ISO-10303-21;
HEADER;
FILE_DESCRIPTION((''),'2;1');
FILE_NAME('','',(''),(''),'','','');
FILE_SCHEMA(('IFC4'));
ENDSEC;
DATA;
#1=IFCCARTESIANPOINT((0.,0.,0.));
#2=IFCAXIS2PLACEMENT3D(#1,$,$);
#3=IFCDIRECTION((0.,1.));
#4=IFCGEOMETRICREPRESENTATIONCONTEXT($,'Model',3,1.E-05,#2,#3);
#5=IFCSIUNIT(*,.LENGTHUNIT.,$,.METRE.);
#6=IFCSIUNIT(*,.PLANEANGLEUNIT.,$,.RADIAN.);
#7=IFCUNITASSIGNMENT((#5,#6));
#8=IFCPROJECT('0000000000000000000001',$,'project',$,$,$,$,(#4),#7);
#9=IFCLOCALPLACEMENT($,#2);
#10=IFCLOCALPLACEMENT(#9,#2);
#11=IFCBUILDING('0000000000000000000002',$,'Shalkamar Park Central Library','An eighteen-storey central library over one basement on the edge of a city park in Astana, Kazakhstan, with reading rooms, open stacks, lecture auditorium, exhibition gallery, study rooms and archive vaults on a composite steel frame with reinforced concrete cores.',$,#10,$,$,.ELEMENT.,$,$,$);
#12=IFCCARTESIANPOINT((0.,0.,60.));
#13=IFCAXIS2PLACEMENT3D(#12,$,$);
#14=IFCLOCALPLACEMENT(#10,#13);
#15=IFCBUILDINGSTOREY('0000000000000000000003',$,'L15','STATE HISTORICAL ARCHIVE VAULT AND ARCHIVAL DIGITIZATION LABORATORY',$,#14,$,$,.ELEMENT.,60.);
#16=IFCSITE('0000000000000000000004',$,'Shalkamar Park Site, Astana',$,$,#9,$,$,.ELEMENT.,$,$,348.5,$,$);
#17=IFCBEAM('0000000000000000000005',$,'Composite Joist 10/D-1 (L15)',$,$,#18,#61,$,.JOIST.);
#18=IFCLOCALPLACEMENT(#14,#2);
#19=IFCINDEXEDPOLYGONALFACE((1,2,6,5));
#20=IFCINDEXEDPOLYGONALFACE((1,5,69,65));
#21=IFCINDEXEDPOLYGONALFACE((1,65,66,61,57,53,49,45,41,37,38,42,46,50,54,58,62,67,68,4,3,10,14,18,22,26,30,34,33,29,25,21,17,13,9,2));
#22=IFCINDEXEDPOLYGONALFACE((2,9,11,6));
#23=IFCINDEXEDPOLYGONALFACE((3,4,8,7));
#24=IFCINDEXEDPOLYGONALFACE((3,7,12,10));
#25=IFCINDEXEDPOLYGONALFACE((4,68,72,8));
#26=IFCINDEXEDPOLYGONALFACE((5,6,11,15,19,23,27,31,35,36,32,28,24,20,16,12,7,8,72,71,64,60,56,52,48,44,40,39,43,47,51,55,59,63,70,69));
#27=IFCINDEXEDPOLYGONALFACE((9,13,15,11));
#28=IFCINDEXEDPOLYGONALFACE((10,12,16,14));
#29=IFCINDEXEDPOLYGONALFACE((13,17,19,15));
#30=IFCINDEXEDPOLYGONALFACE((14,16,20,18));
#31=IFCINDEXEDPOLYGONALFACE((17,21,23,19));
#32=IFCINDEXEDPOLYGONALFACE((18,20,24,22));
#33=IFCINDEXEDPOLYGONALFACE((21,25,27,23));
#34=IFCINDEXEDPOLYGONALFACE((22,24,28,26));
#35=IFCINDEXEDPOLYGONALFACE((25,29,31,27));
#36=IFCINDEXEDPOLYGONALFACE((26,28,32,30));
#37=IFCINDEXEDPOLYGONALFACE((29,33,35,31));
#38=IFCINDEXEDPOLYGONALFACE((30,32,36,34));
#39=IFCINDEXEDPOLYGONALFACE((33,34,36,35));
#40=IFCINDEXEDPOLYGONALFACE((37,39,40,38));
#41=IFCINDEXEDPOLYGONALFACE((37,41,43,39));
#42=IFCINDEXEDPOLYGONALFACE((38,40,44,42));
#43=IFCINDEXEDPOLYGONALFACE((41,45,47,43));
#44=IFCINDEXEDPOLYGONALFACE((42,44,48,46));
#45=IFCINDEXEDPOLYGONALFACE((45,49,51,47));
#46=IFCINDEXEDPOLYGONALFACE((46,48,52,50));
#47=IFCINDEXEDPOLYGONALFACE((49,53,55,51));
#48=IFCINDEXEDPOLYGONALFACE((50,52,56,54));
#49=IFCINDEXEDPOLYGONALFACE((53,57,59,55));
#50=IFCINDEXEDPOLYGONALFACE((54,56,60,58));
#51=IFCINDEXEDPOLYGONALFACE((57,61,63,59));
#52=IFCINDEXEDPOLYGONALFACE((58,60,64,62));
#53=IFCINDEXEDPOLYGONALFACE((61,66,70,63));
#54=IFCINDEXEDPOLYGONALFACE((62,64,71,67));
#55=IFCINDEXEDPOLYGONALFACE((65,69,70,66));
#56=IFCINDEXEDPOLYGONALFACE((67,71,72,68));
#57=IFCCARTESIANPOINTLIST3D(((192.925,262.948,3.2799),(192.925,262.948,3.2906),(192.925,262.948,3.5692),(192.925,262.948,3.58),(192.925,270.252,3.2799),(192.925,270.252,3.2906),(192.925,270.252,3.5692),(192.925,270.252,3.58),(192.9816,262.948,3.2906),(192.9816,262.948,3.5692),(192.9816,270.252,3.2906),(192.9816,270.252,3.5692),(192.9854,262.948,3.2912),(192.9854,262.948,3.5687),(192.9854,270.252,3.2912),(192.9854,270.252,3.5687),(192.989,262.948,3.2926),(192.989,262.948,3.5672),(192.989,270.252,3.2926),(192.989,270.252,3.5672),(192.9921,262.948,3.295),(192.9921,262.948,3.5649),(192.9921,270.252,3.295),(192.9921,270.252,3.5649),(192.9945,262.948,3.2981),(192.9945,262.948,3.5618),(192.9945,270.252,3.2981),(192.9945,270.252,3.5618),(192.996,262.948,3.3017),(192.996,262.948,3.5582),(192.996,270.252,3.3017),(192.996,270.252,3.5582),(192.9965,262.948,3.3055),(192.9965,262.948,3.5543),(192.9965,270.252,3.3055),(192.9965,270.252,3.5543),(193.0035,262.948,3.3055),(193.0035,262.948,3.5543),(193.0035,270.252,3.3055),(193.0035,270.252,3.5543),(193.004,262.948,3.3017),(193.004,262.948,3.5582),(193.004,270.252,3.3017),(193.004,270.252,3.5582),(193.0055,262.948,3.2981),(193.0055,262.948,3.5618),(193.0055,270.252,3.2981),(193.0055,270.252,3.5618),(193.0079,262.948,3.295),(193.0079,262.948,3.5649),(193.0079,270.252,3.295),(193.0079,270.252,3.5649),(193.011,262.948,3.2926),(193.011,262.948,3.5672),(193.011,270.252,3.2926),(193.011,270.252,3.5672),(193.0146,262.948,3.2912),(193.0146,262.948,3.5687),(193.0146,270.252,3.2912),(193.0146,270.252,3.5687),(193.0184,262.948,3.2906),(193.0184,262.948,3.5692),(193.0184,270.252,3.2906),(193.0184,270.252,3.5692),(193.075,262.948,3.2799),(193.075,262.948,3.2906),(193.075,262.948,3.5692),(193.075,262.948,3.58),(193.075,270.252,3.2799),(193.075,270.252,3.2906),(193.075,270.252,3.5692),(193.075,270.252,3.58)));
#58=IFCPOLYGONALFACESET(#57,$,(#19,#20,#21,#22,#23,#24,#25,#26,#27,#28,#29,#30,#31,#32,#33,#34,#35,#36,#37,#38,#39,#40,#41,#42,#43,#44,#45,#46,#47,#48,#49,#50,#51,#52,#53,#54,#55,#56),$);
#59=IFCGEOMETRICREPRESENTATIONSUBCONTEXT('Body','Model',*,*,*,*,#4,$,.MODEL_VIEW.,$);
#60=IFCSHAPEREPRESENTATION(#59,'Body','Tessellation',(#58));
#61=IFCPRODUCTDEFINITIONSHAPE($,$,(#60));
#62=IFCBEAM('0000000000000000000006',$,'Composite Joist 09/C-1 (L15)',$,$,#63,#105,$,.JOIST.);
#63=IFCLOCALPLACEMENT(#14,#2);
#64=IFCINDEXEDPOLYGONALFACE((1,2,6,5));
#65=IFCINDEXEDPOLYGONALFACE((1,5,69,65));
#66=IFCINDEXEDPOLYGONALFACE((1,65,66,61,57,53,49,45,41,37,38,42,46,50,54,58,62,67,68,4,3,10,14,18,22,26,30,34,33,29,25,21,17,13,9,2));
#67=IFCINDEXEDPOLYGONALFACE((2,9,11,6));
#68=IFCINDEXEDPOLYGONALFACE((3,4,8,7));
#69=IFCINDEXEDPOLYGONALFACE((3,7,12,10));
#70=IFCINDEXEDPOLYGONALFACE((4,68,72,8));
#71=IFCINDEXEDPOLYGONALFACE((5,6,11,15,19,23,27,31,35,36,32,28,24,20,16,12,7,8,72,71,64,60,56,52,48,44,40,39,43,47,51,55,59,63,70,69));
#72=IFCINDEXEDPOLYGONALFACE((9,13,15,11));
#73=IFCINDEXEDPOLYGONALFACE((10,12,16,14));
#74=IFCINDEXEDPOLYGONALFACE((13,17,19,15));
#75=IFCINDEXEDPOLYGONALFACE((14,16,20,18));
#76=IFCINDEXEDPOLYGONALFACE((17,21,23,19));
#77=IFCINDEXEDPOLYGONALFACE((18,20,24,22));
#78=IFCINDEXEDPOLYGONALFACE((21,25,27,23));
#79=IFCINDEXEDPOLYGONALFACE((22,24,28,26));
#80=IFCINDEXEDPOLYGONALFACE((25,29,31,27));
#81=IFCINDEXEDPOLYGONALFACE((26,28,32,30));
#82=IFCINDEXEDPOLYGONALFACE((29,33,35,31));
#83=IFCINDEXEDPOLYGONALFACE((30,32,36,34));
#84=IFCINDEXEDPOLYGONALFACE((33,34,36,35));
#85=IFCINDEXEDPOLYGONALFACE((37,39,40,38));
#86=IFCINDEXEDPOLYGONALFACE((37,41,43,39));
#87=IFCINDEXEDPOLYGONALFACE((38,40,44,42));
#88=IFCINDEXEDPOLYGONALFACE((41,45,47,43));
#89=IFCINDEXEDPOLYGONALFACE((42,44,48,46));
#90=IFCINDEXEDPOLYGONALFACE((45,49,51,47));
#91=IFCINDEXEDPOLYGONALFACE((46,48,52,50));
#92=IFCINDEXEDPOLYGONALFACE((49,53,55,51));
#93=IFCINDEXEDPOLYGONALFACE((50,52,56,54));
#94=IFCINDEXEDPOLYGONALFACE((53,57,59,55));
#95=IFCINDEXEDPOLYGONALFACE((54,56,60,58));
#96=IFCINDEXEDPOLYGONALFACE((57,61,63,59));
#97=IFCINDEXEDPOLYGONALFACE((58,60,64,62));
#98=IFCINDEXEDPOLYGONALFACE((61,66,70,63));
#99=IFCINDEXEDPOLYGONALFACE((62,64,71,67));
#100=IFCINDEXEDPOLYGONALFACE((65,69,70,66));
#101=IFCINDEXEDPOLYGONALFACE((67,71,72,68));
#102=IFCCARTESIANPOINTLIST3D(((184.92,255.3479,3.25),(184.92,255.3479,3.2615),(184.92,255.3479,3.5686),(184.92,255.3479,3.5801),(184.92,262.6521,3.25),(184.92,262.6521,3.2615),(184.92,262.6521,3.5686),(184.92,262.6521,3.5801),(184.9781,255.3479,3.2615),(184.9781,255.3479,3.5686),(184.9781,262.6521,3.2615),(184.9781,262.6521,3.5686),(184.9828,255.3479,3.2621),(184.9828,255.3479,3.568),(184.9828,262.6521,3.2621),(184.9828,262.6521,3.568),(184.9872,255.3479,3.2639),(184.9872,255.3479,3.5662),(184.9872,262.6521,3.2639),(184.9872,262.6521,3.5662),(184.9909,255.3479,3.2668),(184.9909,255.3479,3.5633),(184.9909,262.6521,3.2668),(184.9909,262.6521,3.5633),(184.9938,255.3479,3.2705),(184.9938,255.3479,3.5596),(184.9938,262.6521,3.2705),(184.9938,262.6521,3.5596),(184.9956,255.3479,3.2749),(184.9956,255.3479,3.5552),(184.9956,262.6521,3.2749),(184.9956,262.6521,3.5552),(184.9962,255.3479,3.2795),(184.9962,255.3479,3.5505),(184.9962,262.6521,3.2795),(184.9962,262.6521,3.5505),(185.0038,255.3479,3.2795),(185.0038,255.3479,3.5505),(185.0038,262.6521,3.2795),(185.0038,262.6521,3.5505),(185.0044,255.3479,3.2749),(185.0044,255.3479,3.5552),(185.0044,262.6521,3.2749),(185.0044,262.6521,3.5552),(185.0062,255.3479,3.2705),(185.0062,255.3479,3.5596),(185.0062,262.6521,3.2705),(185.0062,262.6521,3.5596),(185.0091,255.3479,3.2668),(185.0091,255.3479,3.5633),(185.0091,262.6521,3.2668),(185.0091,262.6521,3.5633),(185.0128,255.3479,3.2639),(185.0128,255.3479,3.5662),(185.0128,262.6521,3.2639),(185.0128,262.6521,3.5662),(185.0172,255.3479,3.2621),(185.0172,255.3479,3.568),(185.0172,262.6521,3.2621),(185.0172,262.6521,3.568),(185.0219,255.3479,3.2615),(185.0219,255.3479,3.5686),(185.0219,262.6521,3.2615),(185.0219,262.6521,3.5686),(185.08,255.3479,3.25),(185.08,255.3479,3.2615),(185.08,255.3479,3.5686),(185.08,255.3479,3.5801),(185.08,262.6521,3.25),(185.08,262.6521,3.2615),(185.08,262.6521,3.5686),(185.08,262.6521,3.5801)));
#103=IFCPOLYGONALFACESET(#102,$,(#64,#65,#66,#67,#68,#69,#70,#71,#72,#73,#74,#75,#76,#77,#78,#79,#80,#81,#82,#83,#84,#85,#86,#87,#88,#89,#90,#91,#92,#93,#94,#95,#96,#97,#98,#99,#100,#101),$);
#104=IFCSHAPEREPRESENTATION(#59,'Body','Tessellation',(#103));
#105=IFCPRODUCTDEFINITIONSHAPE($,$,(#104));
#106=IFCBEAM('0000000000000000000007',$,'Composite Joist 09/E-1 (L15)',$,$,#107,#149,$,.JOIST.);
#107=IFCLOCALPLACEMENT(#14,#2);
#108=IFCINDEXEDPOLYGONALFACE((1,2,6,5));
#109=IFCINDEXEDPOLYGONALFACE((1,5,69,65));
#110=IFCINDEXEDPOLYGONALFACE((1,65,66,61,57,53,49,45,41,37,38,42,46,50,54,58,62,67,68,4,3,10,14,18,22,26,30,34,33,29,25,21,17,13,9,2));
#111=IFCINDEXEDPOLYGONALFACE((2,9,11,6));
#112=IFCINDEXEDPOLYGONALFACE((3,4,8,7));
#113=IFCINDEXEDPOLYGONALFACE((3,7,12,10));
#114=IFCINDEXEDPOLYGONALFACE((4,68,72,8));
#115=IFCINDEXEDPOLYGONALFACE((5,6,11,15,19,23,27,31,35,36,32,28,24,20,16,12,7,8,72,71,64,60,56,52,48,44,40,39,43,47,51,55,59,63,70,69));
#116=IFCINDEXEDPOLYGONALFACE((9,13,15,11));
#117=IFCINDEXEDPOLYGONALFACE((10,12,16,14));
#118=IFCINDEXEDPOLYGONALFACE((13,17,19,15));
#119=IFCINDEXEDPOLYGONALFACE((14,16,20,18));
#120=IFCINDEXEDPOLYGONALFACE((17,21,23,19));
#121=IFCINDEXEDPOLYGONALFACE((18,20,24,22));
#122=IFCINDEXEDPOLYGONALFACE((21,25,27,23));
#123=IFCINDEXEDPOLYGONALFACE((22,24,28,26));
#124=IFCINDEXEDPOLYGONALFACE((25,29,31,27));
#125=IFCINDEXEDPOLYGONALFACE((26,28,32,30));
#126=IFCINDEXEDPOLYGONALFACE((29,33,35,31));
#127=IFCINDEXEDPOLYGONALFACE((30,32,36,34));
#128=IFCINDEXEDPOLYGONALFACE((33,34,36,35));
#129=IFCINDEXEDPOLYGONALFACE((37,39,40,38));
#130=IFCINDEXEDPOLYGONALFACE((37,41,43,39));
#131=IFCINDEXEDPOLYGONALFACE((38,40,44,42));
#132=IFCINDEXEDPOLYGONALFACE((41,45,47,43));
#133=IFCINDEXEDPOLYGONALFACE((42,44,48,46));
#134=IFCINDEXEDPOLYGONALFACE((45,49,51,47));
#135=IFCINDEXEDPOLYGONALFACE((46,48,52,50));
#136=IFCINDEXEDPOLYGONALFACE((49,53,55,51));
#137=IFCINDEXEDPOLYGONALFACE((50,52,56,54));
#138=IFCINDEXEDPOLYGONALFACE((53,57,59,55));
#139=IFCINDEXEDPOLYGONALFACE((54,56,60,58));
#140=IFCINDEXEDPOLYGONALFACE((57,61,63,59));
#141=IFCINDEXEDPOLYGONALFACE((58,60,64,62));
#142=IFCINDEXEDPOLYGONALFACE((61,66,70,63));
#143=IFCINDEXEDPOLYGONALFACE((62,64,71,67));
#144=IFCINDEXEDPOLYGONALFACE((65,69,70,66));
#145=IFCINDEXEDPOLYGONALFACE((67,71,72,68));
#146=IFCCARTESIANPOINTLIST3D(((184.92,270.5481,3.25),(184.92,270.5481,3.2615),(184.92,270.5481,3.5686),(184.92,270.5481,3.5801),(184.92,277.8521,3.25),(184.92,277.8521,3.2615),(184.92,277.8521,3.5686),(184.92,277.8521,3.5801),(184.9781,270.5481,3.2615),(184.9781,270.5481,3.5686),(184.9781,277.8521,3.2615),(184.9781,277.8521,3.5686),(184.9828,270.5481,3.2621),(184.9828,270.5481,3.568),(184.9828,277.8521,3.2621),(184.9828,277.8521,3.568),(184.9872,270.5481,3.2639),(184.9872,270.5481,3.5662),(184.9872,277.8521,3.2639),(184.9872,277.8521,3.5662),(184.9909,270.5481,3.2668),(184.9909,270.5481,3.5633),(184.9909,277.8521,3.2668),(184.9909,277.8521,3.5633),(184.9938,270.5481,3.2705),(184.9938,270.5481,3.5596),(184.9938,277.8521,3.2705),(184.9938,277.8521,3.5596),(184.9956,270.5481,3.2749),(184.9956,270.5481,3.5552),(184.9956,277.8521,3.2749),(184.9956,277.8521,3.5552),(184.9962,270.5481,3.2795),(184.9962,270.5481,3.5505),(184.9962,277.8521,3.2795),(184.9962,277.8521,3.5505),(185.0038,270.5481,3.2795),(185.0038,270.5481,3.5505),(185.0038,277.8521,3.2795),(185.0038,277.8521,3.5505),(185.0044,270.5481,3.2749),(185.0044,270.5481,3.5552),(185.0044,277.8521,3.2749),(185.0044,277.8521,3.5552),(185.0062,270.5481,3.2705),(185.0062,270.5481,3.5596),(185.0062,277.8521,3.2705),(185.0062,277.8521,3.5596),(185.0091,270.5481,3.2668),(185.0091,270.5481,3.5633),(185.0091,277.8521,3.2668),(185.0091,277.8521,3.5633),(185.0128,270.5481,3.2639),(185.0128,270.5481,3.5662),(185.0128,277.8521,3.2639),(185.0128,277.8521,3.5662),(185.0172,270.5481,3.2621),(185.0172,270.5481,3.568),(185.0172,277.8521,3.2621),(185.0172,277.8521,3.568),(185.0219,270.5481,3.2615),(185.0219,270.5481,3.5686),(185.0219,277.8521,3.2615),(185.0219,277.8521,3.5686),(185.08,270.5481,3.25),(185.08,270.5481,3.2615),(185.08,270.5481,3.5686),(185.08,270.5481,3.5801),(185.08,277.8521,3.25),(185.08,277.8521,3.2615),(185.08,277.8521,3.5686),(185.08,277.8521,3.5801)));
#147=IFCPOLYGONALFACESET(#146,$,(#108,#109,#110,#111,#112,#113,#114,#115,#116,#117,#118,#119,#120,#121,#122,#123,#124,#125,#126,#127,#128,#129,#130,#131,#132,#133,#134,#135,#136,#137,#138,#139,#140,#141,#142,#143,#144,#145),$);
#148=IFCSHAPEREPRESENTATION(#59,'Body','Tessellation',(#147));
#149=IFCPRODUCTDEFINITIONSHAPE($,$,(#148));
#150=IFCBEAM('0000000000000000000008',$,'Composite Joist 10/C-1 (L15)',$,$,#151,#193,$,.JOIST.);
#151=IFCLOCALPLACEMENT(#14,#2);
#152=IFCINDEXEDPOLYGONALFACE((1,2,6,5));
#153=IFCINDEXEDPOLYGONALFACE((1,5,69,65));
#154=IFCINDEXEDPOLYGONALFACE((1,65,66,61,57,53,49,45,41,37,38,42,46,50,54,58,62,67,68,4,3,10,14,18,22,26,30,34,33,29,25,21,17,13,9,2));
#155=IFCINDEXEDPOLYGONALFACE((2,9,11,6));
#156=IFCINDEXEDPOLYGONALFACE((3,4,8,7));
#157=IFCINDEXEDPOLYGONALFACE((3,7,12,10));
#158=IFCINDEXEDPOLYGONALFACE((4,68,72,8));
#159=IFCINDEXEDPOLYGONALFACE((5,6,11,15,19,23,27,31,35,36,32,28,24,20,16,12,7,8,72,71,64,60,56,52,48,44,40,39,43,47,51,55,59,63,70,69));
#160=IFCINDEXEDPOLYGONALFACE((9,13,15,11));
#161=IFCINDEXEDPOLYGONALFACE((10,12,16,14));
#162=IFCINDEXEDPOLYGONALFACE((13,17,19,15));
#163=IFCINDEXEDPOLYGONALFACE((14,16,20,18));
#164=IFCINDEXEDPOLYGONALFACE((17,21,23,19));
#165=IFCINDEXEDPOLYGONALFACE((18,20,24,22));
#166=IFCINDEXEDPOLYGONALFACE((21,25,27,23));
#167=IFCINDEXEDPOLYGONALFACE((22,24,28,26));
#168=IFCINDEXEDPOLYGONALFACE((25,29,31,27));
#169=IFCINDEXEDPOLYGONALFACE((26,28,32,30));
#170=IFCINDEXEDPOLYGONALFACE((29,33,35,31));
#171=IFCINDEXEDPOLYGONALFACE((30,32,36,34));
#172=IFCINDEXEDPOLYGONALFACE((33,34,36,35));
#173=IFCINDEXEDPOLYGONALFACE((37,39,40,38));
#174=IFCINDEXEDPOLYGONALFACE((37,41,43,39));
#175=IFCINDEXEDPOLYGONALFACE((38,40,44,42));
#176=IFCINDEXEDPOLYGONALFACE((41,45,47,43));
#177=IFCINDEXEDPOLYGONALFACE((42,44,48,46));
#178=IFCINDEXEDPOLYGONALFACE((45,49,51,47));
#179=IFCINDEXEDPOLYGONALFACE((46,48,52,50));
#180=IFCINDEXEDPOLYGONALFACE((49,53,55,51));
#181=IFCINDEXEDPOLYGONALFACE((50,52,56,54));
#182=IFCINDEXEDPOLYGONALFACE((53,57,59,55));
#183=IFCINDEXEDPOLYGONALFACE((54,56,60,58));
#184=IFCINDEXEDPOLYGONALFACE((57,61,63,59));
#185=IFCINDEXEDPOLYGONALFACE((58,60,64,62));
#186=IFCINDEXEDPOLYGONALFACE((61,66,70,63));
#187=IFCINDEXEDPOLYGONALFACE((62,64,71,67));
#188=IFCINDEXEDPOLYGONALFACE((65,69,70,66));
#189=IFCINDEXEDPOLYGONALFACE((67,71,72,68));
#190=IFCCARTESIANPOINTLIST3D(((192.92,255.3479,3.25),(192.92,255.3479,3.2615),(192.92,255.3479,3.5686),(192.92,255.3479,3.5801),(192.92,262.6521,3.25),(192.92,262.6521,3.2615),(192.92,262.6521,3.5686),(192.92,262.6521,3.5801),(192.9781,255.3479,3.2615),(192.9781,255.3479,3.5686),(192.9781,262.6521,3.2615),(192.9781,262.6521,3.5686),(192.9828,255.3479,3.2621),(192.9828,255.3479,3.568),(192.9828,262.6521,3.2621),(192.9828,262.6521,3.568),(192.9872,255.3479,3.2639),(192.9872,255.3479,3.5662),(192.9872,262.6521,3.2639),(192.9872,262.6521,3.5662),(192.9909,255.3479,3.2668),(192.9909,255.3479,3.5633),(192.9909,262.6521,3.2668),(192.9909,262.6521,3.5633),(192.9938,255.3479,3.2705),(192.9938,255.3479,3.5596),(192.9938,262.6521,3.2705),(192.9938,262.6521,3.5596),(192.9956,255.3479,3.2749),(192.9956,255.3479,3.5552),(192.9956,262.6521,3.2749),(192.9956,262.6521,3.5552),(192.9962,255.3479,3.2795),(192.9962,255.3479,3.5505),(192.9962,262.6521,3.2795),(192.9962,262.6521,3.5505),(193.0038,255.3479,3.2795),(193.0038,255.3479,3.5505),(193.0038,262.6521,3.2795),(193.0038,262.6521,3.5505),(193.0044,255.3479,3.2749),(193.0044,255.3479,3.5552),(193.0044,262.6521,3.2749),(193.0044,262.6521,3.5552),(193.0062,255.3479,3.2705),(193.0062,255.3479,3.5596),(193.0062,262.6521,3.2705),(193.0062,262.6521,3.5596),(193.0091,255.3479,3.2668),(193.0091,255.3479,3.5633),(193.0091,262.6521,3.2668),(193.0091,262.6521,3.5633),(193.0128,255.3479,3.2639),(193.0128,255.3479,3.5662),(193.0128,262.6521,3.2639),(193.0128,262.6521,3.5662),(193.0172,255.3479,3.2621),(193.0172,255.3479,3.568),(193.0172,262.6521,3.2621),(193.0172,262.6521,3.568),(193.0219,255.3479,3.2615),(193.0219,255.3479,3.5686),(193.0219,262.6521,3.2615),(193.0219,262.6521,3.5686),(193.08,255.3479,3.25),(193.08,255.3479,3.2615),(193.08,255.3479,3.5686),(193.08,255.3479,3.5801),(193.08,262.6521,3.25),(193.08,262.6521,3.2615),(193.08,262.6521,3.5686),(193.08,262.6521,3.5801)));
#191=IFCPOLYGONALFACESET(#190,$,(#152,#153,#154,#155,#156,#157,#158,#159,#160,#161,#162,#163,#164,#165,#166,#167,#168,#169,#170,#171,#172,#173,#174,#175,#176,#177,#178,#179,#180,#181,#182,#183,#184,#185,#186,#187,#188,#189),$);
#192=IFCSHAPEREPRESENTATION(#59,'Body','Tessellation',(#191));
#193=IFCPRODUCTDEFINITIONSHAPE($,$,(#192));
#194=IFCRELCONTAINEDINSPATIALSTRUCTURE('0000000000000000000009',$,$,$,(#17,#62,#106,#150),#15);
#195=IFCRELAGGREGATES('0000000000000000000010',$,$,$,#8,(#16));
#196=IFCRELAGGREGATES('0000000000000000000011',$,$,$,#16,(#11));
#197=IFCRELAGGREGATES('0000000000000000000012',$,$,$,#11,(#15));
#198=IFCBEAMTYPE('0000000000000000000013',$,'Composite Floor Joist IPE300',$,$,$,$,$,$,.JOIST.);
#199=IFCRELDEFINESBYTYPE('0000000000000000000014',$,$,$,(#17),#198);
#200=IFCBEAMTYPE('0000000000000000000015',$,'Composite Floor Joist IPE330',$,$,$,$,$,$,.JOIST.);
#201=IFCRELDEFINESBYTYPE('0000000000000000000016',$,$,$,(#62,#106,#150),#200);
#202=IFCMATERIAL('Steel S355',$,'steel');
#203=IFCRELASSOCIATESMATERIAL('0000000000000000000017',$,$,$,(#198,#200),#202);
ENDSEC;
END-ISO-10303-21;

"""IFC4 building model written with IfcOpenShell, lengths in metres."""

from ifc_helpers import new_model, si_unit, direction, frame, origin, origin_2d, place, context, subcontext, project, spatial, i_section, extrude, material, material_profile, profile_set, type_object, element, save


model = new_model("IFC4")

# Units and contexts
model_context = context("Model", 3, precision=1e-05, world=origin(), true_north=direction((0.0, 1.0)))
body_context = subcontext(model_context, "Body", "Model", "MODEL_VIEW")
ifc_project = project(units=[si_unit("LENGTHUNIT", "METRE"), si_unit("PLANEANGLEUNIT", "RADIAN")], contexts=[model_context])

# Site, building, storey
site_placement = place(None, origin())
site = spatial("IfcSite", under=ifc_project, at=site_placement, Name="Shalkamar Park Site, Astana", CompositionType="ELEMENT", RefElevation=348.5)
building_placement = place(site_placement, origin())
building = spatial("IfcBuilding", under=site, at=building_placement, Name="Shalkamar Park Central Library", Description="An eighteen-storey central library over one basement on the edge of a city park in Astana, Kazakhstan, with reading rooms, open stacks, lecture auditorium, exhibition gallery, study rooms and archive vaults on a composite steel frame with reinforced concrete cores.", CompositionType="ELEMENT")
storey_placement = place(building_placement, frame((0.0, 0.0, 60.0)))
storey = spatial("IfcBuildingStorey", under=building, at=storey_placement, Name="L15", Description="STATE HISTORICAL ARCHIVE VAULT AND ARCHIVAL DIGITIZATION LABORATORY", CompositionType="ELEMENT", Elevation=60.0)

# Shared definitions
ifc_material_1 = material(Name="Steel S355", Category="steel")

# Beams
ifc_material_profile_1 = material_profile(ifc_material_1, i_section(OverallWidth=0.1499, OverallDepth=0.3, WebThickness=0.0071, FlangeThickness=0.0107, FilletRadius=0.0149, at=origin_2d()), Name="IPE 300")
ifc_profile_set_1 = profile_set([ifc_material_profile_1], Name="Steel S355")
beam_type_1 = type_object("IfcBeamType", Name="Composite Floor Joist IPE300", PredefinedType="JOIST", material=ifc_profile_set_1)
for number, where, z_axis, x_axis, name in (
    (1, (193.0, 262.948, 3.4299), (0.0, 1.0, 0.0), (-1.0, 0.0, 0.0), "Composite Joist 10/D-1 (L15)"),
):
    element("IfcBeam", number, at=place(storey_placement, frame(where, z_axis=z_axis, x_axis=x_axis)), inside=storey, type_object=beam_type_1, Name=name, PredefinedType="JOIST", context=body_context, shape_type="SweptSolid", body=[
        extrude(i_section(OverallWidth=0.1499, OverallDepth=0.3, WebThickness=0.0071, FlangeThickness=0.0107, FilletRadius=0.0149, at=origin_2d()), origin(), (0.0, 0.0, 1.0), 7.304),
    ])
ifc_material_profile_2 = material_profile(ifc_material_1, i_section(OverallWidth=0.1599, OverallDepth=0.3301, WebThickness=0.0076, FlangeThickness=0.0115, FilletRadius=0.0181, at=origin_2d()), Name="IPE 330")
ifc_profile_set_2 = profile_set([ifc_material_profile_2], Name="Steel S355")
beam_type_2 = type_object("IfcBeamType", Name="Composite Floor Joist IPE330", PredefinedType="JOIST", material=ifc_profile_set_2)
beam_1_placement = place(storey_placement, frame((185.0, 255.3479, 3.415), z_axis=(0.0, 1.0, 0.0), x_axis=(-1.0, 0.0, 0.0)))
element("IfcBeam", 2, at=beam_1_placement, inside=storey, type_object=beam_type_2, Name="Composite Joist 09/C-1 (L15)", PredefinedType="JOIST", context=body_context, shape_type="SweptSolid", body=[
    extrude(i_section(OverallWidth=0.1599, OverallDepth=0.3301, WebThickness=0.0076, FlangeThickness=0.0115, FilletRadius=0.0181, at=origin_2d()), origin(), (0.0, 0.0, 1.0), 7.3042),
])
beam_2_placement = place(storey_placement, frame((185.0, 270.5481, 3.415), z_axis=(0.0, 1.0, 0.0), x_axis=(-1.0, 0.0, 0.0)))
element("IfcBeam", 3, at=beam_2_placement, inside=storey, type_object=beam_type_2, Name="Composite Joist 09/E-1 (L15)", PredefinedType="JOIST", context=body_context, shape_type="SweptSolid", body=[
    extrude(i_section(OverallWidth=0.1599, OverallDepth=0.3301, WebThickness=0.0076, FlangeThickness=0.0115, FilletRadius=0.0181, at=origin_2d()), origin(), (0.0, 0.0, 1.0), 7.304),
])
beam_3_placement = place(storey_placement, frame((193.0, 255.3479, 3.415), z_axis=(0.0, 1.0, 0.0), x_axis=(-1.0, 0.0, 0.0)))
element("IfcBeam", 4, at=beam_3_placement, inside=storey, type_object=beam_type_2, Name="Composite Joist 10/C-1 (L15)", PredefinedType="JOIST", context=body_context, shape_type="SweptSolid", body=[
    extrude(i_section(OverallWidth=0.1599, OverallDepth=0.3301, WebThickness=0.0076, FlangeThickness=0.0115, FilletRadius=0.0181, at=origin_2d()), origin(), (0.0, 0.0, 1.0), 7.3042),
])

save(model, "model.ifc")
